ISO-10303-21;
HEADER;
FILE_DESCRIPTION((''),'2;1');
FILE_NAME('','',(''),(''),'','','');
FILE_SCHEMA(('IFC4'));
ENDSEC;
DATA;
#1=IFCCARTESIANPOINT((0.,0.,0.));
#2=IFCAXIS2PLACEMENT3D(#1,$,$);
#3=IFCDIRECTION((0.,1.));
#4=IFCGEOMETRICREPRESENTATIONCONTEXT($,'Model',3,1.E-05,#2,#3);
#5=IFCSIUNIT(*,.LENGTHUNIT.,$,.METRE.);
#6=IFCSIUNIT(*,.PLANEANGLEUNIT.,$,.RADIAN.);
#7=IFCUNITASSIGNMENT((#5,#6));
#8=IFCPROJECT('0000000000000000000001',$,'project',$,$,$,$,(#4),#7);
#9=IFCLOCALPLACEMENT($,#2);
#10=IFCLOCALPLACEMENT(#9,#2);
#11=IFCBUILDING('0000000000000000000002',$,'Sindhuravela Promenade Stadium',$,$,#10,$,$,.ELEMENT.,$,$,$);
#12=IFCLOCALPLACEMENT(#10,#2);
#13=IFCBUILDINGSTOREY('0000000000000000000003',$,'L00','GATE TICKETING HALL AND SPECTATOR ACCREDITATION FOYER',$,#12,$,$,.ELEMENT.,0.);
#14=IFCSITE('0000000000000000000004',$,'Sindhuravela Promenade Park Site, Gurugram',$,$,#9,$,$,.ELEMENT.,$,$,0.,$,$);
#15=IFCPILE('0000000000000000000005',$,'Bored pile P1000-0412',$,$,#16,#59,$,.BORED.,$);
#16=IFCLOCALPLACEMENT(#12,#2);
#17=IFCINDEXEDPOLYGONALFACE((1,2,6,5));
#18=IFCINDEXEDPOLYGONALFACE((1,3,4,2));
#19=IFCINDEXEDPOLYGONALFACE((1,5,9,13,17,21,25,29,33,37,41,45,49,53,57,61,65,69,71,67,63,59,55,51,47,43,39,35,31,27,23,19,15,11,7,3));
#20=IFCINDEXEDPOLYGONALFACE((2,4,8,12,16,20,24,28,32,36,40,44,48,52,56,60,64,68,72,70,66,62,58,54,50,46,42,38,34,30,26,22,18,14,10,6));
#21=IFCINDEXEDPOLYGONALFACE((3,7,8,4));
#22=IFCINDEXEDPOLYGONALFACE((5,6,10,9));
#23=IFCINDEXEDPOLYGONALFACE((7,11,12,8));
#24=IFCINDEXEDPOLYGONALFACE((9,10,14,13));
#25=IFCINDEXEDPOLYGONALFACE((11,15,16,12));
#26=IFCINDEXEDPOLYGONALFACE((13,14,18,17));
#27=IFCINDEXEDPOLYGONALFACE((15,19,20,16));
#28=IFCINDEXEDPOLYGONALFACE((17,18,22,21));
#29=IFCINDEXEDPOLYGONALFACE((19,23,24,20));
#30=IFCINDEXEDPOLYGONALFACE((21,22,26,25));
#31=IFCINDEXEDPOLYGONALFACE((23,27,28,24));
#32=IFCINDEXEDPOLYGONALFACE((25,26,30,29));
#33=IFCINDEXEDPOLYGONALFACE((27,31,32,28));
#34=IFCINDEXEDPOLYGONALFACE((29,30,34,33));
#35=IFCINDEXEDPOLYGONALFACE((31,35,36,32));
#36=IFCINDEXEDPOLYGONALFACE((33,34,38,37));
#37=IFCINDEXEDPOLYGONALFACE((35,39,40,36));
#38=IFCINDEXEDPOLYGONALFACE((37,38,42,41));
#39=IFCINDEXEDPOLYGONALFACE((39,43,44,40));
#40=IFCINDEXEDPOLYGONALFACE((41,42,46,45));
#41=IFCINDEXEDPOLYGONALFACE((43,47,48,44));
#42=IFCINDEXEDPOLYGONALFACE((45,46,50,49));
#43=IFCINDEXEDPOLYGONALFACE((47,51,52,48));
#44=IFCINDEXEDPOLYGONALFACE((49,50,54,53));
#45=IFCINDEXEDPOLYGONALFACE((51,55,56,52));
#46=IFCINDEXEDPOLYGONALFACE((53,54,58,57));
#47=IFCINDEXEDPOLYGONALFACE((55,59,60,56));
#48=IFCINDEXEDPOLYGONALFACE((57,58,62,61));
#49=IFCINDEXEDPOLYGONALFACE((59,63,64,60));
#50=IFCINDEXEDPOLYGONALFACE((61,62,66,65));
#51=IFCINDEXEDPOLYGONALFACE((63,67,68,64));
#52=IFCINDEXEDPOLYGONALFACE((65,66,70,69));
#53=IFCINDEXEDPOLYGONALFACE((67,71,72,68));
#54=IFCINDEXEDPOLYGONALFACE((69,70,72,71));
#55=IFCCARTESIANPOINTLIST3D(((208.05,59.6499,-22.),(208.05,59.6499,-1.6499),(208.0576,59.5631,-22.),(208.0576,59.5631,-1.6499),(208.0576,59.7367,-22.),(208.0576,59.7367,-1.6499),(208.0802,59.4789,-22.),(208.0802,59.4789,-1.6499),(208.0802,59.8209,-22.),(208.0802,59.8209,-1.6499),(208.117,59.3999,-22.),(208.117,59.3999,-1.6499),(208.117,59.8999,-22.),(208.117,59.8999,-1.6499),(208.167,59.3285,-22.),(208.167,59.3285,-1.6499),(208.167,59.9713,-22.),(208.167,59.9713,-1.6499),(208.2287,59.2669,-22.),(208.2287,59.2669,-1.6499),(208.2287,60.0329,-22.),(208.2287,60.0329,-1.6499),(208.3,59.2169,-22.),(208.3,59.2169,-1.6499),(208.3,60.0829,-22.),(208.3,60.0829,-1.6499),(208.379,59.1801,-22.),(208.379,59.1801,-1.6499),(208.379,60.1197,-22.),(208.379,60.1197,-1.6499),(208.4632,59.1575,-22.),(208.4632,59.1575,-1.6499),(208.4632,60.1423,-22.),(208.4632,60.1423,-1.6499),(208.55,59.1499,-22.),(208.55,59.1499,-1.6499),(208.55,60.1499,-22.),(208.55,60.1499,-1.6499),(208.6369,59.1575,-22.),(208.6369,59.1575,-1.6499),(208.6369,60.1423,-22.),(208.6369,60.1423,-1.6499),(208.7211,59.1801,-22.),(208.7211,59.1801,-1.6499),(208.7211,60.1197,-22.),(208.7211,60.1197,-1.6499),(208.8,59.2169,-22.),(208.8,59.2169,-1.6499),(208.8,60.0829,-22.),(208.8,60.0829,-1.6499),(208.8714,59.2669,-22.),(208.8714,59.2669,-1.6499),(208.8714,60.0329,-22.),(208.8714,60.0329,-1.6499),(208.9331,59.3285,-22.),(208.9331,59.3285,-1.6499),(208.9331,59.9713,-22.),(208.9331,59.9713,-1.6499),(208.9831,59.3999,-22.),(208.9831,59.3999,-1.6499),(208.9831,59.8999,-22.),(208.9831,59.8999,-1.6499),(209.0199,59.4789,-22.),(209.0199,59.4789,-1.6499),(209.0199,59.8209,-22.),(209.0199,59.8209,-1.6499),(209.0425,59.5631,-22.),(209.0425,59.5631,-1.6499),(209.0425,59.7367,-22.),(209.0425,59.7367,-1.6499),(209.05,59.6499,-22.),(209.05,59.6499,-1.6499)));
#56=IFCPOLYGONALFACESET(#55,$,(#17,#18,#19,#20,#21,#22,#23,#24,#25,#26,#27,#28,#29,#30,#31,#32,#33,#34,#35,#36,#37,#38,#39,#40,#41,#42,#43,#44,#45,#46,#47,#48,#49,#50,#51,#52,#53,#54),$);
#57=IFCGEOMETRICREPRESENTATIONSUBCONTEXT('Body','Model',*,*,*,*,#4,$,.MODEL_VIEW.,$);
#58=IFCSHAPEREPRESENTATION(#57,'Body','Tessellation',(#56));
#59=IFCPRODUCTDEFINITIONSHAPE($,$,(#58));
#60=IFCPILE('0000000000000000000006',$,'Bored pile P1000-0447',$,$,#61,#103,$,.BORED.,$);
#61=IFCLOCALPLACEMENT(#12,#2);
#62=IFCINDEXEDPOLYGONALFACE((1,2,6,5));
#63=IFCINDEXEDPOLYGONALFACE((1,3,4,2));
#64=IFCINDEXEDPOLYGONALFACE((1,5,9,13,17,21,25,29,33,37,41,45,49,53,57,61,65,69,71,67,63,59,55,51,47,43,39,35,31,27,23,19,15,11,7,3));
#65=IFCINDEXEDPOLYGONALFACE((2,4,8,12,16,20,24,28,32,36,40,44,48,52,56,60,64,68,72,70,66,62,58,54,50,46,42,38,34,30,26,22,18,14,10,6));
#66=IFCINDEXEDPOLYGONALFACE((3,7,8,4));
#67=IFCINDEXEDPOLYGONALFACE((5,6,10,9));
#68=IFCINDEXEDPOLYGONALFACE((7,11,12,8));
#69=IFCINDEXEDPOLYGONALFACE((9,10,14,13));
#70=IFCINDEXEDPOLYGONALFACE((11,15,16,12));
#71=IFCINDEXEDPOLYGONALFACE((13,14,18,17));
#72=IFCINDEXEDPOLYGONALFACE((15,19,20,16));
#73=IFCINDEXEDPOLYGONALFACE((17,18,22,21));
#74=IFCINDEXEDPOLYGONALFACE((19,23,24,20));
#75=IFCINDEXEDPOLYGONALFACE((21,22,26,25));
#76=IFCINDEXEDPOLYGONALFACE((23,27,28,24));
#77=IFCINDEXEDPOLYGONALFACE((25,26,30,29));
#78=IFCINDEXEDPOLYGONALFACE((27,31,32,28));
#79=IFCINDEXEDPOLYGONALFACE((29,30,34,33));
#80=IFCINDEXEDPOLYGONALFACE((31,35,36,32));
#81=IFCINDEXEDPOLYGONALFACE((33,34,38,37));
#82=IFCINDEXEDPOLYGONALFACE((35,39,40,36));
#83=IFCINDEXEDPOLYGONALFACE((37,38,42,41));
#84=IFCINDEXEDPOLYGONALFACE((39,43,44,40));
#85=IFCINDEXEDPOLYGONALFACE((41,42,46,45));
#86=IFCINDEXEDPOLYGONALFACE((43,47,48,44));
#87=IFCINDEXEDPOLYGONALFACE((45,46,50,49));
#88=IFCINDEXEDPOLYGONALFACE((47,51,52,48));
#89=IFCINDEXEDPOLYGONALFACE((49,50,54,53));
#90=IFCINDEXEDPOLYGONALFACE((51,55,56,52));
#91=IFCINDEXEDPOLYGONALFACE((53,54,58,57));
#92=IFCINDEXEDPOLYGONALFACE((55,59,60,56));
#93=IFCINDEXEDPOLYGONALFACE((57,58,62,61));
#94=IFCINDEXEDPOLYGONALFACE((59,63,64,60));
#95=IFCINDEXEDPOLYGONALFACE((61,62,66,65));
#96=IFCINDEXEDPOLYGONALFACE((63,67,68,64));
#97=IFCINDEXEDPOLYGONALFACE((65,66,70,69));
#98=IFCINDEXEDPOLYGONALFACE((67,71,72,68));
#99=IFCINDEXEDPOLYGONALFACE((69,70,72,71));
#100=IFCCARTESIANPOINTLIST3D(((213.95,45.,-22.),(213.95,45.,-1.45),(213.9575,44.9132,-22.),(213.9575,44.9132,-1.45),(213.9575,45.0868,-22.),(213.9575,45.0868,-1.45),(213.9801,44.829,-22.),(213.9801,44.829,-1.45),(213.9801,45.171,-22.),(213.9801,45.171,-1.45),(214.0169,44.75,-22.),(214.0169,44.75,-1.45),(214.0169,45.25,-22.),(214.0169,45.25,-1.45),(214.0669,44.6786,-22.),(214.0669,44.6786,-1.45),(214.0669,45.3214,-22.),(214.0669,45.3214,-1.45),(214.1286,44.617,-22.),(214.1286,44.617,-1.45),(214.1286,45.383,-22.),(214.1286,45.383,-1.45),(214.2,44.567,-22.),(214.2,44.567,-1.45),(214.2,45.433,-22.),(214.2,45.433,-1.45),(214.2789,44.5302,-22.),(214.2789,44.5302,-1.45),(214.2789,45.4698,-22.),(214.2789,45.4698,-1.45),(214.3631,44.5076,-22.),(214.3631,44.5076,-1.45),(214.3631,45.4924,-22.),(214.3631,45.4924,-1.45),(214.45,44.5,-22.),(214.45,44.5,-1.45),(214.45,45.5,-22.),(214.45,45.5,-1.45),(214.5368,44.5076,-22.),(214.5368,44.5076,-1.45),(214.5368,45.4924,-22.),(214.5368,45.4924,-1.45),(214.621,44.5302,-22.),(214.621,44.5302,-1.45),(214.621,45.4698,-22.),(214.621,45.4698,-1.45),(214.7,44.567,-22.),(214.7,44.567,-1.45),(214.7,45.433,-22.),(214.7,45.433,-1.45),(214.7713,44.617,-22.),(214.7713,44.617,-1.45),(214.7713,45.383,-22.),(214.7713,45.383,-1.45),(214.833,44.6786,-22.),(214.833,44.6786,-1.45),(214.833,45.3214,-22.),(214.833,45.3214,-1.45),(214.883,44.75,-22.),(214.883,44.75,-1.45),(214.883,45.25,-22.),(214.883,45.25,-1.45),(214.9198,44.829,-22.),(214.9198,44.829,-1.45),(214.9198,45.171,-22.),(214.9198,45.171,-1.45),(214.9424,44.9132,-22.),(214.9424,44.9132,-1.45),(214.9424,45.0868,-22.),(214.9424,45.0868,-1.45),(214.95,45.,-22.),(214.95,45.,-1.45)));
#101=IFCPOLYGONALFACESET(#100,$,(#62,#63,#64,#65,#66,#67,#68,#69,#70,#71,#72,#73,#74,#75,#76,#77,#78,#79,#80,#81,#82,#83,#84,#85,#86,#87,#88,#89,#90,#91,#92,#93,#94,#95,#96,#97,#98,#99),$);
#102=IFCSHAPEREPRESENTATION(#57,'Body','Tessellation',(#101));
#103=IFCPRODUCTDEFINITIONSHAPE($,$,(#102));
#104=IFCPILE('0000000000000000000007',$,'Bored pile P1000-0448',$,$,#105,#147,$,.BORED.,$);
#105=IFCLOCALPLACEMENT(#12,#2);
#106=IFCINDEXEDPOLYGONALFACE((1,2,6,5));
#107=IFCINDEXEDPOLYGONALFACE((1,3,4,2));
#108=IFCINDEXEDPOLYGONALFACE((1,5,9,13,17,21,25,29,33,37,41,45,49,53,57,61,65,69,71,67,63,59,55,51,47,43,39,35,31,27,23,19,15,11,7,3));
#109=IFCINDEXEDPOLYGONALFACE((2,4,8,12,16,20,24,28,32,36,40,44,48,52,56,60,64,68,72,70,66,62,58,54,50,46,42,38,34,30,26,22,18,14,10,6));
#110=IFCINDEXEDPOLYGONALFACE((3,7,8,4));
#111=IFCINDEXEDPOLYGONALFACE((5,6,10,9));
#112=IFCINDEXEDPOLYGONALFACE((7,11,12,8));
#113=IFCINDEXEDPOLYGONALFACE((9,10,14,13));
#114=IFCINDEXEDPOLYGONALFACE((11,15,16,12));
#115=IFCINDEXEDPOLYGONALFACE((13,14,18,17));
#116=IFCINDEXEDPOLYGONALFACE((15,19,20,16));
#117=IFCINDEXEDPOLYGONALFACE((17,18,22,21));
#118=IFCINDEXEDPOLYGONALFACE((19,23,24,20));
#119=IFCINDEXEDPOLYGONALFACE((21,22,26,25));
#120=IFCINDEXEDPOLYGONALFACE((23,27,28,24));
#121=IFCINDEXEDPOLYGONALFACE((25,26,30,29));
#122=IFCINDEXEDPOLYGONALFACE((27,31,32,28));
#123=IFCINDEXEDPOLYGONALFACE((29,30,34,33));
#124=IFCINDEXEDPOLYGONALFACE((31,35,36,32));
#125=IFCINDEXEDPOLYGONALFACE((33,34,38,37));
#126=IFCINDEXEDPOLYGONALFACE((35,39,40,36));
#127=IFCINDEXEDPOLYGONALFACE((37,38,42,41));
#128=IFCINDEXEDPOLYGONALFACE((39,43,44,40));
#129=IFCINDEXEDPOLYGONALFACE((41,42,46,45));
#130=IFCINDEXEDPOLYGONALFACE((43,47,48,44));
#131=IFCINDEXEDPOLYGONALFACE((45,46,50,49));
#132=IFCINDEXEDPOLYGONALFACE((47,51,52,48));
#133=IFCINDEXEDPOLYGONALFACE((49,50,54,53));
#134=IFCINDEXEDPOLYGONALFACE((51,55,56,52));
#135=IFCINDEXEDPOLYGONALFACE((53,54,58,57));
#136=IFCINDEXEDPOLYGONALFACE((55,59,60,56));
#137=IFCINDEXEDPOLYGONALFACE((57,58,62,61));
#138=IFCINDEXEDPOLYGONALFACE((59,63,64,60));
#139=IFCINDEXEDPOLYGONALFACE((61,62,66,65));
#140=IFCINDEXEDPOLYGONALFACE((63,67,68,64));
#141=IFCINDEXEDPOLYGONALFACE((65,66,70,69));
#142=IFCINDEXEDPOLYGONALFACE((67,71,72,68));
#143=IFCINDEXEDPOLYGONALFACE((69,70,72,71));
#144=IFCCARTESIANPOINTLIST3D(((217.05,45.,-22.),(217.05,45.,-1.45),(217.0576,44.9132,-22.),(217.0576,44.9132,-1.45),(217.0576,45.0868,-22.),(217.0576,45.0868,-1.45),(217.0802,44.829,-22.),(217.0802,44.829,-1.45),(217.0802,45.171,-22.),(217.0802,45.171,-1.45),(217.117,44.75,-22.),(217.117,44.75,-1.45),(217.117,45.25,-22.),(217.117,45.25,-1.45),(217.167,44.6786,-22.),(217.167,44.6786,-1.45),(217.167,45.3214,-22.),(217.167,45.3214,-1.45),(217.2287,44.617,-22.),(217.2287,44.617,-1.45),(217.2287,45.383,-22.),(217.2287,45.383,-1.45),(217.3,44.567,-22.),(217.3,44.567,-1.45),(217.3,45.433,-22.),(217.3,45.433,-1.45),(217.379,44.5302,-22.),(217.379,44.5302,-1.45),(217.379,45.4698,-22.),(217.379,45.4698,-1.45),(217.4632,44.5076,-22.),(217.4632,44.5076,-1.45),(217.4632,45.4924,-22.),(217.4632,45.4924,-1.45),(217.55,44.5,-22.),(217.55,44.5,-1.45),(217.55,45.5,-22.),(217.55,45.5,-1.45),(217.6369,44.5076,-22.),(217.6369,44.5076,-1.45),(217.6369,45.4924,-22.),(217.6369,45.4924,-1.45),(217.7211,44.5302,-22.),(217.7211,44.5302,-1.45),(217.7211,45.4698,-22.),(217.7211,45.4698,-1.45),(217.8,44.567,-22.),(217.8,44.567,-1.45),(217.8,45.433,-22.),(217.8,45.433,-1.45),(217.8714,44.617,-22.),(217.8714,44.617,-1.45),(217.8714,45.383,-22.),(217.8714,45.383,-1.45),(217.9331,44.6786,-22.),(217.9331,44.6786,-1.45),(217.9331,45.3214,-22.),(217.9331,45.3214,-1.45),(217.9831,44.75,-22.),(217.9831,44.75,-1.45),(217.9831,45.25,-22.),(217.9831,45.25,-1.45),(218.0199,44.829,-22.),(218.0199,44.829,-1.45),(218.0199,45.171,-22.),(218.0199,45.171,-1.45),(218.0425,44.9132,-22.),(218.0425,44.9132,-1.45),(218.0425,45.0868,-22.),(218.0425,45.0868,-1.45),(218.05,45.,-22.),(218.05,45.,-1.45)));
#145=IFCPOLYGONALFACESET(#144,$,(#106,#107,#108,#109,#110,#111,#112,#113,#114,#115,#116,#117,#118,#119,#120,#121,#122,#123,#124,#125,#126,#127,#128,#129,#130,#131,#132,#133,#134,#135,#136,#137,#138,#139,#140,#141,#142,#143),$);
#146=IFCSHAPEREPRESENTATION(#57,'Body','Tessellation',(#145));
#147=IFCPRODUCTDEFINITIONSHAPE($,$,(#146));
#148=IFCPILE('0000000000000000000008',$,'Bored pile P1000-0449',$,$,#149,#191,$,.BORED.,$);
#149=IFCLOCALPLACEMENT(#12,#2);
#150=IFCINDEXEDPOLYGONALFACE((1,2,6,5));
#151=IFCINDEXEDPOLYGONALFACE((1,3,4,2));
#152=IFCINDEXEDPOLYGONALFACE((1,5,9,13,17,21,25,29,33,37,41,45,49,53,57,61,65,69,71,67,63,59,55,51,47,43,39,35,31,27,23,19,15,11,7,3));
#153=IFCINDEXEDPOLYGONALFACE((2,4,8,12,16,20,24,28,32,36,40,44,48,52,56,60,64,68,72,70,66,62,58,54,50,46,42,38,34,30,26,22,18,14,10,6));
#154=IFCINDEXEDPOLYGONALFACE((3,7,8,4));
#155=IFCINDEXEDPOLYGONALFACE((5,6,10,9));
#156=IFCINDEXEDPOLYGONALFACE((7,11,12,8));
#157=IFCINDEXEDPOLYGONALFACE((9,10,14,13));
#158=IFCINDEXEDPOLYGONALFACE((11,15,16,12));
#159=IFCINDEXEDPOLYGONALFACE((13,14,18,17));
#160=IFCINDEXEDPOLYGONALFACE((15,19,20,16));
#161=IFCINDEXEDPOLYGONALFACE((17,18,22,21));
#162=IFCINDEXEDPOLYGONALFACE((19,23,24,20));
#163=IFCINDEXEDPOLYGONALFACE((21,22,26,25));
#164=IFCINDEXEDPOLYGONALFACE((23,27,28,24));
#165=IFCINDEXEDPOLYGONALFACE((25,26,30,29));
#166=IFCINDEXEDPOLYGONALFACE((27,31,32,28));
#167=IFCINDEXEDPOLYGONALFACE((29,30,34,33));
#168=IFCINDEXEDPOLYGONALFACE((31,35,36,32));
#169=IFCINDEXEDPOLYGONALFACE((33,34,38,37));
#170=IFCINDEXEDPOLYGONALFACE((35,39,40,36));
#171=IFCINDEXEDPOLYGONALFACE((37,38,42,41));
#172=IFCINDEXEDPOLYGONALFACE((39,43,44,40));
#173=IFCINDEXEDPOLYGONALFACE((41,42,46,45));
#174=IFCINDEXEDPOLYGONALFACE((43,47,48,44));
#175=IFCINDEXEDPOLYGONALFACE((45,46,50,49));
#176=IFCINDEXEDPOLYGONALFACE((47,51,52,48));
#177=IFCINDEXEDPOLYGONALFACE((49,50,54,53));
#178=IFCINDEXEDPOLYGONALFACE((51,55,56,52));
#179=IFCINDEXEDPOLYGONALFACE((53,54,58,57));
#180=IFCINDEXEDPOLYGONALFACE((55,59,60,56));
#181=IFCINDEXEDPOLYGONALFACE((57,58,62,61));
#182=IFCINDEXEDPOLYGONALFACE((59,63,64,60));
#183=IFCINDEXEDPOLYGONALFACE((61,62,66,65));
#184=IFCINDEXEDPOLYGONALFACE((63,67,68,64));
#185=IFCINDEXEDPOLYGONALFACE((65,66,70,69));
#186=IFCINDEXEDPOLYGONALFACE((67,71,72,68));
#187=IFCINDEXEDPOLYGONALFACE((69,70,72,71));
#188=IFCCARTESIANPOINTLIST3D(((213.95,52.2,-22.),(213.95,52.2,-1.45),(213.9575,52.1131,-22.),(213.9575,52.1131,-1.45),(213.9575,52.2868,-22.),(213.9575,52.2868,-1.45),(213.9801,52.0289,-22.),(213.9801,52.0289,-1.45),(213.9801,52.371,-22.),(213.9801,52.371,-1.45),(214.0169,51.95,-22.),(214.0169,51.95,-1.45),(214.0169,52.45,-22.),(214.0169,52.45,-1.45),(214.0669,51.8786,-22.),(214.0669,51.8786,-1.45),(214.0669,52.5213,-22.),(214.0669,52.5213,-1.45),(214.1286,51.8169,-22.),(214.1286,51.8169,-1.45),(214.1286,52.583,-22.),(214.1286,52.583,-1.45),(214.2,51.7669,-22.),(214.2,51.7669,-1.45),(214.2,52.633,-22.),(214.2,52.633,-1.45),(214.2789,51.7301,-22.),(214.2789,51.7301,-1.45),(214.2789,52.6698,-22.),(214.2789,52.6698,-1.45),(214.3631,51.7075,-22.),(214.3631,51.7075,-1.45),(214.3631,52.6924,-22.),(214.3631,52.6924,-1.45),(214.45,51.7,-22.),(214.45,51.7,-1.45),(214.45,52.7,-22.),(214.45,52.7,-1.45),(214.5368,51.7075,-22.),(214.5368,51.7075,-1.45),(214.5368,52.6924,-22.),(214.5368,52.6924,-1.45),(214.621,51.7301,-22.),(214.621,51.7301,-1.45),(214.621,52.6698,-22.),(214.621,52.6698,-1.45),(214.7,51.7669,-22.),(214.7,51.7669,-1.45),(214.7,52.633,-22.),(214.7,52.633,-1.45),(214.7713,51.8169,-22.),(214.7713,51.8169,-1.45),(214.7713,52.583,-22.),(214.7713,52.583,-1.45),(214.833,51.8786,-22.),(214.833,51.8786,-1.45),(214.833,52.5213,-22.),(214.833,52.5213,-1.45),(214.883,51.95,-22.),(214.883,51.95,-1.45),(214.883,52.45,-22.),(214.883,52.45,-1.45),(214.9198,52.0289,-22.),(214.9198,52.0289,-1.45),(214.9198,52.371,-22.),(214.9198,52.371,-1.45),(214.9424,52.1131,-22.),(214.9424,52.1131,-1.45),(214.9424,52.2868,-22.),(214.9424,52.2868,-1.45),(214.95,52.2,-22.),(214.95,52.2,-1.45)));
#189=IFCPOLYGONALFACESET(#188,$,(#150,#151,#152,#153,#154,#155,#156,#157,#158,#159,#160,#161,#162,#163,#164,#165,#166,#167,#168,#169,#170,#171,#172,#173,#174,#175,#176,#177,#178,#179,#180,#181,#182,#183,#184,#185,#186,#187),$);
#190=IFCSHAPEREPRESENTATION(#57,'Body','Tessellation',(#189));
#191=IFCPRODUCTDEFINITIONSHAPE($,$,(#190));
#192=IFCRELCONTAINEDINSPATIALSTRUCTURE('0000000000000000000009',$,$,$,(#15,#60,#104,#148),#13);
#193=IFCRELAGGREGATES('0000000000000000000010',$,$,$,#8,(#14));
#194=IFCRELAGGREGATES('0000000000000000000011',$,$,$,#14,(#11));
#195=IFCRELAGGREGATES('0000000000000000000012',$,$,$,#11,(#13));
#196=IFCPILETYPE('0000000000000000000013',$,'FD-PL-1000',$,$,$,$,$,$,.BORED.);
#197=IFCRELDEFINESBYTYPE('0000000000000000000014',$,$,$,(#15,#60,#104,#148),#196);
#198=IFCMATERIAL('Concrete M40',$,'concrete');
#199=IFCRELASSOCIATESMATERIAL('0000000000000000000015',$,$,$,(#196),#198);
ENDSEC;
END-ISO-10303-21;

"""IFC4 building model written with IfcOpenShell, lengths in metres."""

from ifc_helpers import new_model, si_unit, direction, frame, origin, origin_2d, place, context, subcontext, project, spatial, circle, extrude, material, material_profile, profile_set, type_object, element, save


model = new_model("IFC4")

# Units and contexts
model_context = context("Model", 3, precision=1e-05, world=origin(), true_north=direction((0.0, 1.0)))
body_context = subcontext(model_context, "Body", "Model", "MODEL_VIEW")
ifc_project = project(units=[si_unit("LENGTHUNIT", "METRE"), si_unit("PLANEANGLEUNIT", "RADIAN")], contexts=[model_context])

# Site, building, storey
site_placement = place(None, origin())
site = spatial("IfcSite", under=ifc_project, at=site_placement, Name="Sindhuravela Promenade Park Site, Gurugram", CompositionType="ELEMENT", RefElevation=0.0)
building_placement = place(site_placement, origin())
building = spatial("IfcBuilding", under=site, at=building_placement, Name="Sindhuravela Promenade Stadium", CompositionType="ELEMENT")
storey_placement = place(building_placement, origin())
storey = spatial("IfcBuildingStorey", under=building, at=storey_placement, Name="L00", Description="GATE TICKETING HALL AND SPECTATOR ACCREDITATION FOYER", CompositionType="ELEMENT", Elevation=0.0)

# Piles
ifc_material_1 = material(Name="Concrete M40", Category="concrete")
ifc_material_profile_1 = material_profile(ifc_material_1, circle(Radius=0.5, at=origin_2d()), Name="BORED PILE D1000")
ifc_profile_set_1 = profile_set([ifc_material_profile_1], Name="Concrete M40")
pile_type = type_object("IfcPileType", Name="FD-PL-1000", PredefinedType="BORED", material=ifc_profile_set_1)
for number, where, z_axis, x_axis, name in (
    (1, (208.55, 59.6499, -1.6499), (0.0, 0.0, -1.0), (1.0, 0.0, 0.0), "Bored pile P1000-0412"),
):
    element("IfcPile", number, at=place(storey_placement, frame(where, z_axis=z_axis, x_axis=x_axis)), inside=storey, type_object=pile_type, Name=name, PredefinedType="BORED", context=body_context, shape_type="SweptSolid", body=[
        extrude(circle(Radius=0.5, at=origin_2d()), origin(), (0.0, 0.0, 1.0), 20.3501),
    ])
for number, where, z_axis, x_axis, name in (
    (2, (214.45, 45.0, -1.45), (0.0, 0.0, -1.0), (1.0, 0.0, 0.0), "Bored pile P1000-0447"),
    (3, (217.55, 45.0, -1.45), (0.0, 0.0, -1.0), (1.0, 0.0, 0.0), "Bored pile P1000-0448"),
    (4, (214.45, 52.2, -1.45), (0.0, 0.0, -1.0), (1.0, 0.0, 0.0), "Bored pile P1000-0449"),
):
    element("IfcPile", number, at=place(storey_placement, frame(where, z_axis=z_axis, x_axis=x_axis)), inside=storey, type_object=pile_type, Name=name, PredefinedType="BORED", context=body_context, shape_type="SweptSolid", body=[
        extrude(circle(Radius=0.5, at=origin_2d()), origin(), (0.0, 0.0, 1.0), 20.55),
    ])

save(model, "model.ifc")
